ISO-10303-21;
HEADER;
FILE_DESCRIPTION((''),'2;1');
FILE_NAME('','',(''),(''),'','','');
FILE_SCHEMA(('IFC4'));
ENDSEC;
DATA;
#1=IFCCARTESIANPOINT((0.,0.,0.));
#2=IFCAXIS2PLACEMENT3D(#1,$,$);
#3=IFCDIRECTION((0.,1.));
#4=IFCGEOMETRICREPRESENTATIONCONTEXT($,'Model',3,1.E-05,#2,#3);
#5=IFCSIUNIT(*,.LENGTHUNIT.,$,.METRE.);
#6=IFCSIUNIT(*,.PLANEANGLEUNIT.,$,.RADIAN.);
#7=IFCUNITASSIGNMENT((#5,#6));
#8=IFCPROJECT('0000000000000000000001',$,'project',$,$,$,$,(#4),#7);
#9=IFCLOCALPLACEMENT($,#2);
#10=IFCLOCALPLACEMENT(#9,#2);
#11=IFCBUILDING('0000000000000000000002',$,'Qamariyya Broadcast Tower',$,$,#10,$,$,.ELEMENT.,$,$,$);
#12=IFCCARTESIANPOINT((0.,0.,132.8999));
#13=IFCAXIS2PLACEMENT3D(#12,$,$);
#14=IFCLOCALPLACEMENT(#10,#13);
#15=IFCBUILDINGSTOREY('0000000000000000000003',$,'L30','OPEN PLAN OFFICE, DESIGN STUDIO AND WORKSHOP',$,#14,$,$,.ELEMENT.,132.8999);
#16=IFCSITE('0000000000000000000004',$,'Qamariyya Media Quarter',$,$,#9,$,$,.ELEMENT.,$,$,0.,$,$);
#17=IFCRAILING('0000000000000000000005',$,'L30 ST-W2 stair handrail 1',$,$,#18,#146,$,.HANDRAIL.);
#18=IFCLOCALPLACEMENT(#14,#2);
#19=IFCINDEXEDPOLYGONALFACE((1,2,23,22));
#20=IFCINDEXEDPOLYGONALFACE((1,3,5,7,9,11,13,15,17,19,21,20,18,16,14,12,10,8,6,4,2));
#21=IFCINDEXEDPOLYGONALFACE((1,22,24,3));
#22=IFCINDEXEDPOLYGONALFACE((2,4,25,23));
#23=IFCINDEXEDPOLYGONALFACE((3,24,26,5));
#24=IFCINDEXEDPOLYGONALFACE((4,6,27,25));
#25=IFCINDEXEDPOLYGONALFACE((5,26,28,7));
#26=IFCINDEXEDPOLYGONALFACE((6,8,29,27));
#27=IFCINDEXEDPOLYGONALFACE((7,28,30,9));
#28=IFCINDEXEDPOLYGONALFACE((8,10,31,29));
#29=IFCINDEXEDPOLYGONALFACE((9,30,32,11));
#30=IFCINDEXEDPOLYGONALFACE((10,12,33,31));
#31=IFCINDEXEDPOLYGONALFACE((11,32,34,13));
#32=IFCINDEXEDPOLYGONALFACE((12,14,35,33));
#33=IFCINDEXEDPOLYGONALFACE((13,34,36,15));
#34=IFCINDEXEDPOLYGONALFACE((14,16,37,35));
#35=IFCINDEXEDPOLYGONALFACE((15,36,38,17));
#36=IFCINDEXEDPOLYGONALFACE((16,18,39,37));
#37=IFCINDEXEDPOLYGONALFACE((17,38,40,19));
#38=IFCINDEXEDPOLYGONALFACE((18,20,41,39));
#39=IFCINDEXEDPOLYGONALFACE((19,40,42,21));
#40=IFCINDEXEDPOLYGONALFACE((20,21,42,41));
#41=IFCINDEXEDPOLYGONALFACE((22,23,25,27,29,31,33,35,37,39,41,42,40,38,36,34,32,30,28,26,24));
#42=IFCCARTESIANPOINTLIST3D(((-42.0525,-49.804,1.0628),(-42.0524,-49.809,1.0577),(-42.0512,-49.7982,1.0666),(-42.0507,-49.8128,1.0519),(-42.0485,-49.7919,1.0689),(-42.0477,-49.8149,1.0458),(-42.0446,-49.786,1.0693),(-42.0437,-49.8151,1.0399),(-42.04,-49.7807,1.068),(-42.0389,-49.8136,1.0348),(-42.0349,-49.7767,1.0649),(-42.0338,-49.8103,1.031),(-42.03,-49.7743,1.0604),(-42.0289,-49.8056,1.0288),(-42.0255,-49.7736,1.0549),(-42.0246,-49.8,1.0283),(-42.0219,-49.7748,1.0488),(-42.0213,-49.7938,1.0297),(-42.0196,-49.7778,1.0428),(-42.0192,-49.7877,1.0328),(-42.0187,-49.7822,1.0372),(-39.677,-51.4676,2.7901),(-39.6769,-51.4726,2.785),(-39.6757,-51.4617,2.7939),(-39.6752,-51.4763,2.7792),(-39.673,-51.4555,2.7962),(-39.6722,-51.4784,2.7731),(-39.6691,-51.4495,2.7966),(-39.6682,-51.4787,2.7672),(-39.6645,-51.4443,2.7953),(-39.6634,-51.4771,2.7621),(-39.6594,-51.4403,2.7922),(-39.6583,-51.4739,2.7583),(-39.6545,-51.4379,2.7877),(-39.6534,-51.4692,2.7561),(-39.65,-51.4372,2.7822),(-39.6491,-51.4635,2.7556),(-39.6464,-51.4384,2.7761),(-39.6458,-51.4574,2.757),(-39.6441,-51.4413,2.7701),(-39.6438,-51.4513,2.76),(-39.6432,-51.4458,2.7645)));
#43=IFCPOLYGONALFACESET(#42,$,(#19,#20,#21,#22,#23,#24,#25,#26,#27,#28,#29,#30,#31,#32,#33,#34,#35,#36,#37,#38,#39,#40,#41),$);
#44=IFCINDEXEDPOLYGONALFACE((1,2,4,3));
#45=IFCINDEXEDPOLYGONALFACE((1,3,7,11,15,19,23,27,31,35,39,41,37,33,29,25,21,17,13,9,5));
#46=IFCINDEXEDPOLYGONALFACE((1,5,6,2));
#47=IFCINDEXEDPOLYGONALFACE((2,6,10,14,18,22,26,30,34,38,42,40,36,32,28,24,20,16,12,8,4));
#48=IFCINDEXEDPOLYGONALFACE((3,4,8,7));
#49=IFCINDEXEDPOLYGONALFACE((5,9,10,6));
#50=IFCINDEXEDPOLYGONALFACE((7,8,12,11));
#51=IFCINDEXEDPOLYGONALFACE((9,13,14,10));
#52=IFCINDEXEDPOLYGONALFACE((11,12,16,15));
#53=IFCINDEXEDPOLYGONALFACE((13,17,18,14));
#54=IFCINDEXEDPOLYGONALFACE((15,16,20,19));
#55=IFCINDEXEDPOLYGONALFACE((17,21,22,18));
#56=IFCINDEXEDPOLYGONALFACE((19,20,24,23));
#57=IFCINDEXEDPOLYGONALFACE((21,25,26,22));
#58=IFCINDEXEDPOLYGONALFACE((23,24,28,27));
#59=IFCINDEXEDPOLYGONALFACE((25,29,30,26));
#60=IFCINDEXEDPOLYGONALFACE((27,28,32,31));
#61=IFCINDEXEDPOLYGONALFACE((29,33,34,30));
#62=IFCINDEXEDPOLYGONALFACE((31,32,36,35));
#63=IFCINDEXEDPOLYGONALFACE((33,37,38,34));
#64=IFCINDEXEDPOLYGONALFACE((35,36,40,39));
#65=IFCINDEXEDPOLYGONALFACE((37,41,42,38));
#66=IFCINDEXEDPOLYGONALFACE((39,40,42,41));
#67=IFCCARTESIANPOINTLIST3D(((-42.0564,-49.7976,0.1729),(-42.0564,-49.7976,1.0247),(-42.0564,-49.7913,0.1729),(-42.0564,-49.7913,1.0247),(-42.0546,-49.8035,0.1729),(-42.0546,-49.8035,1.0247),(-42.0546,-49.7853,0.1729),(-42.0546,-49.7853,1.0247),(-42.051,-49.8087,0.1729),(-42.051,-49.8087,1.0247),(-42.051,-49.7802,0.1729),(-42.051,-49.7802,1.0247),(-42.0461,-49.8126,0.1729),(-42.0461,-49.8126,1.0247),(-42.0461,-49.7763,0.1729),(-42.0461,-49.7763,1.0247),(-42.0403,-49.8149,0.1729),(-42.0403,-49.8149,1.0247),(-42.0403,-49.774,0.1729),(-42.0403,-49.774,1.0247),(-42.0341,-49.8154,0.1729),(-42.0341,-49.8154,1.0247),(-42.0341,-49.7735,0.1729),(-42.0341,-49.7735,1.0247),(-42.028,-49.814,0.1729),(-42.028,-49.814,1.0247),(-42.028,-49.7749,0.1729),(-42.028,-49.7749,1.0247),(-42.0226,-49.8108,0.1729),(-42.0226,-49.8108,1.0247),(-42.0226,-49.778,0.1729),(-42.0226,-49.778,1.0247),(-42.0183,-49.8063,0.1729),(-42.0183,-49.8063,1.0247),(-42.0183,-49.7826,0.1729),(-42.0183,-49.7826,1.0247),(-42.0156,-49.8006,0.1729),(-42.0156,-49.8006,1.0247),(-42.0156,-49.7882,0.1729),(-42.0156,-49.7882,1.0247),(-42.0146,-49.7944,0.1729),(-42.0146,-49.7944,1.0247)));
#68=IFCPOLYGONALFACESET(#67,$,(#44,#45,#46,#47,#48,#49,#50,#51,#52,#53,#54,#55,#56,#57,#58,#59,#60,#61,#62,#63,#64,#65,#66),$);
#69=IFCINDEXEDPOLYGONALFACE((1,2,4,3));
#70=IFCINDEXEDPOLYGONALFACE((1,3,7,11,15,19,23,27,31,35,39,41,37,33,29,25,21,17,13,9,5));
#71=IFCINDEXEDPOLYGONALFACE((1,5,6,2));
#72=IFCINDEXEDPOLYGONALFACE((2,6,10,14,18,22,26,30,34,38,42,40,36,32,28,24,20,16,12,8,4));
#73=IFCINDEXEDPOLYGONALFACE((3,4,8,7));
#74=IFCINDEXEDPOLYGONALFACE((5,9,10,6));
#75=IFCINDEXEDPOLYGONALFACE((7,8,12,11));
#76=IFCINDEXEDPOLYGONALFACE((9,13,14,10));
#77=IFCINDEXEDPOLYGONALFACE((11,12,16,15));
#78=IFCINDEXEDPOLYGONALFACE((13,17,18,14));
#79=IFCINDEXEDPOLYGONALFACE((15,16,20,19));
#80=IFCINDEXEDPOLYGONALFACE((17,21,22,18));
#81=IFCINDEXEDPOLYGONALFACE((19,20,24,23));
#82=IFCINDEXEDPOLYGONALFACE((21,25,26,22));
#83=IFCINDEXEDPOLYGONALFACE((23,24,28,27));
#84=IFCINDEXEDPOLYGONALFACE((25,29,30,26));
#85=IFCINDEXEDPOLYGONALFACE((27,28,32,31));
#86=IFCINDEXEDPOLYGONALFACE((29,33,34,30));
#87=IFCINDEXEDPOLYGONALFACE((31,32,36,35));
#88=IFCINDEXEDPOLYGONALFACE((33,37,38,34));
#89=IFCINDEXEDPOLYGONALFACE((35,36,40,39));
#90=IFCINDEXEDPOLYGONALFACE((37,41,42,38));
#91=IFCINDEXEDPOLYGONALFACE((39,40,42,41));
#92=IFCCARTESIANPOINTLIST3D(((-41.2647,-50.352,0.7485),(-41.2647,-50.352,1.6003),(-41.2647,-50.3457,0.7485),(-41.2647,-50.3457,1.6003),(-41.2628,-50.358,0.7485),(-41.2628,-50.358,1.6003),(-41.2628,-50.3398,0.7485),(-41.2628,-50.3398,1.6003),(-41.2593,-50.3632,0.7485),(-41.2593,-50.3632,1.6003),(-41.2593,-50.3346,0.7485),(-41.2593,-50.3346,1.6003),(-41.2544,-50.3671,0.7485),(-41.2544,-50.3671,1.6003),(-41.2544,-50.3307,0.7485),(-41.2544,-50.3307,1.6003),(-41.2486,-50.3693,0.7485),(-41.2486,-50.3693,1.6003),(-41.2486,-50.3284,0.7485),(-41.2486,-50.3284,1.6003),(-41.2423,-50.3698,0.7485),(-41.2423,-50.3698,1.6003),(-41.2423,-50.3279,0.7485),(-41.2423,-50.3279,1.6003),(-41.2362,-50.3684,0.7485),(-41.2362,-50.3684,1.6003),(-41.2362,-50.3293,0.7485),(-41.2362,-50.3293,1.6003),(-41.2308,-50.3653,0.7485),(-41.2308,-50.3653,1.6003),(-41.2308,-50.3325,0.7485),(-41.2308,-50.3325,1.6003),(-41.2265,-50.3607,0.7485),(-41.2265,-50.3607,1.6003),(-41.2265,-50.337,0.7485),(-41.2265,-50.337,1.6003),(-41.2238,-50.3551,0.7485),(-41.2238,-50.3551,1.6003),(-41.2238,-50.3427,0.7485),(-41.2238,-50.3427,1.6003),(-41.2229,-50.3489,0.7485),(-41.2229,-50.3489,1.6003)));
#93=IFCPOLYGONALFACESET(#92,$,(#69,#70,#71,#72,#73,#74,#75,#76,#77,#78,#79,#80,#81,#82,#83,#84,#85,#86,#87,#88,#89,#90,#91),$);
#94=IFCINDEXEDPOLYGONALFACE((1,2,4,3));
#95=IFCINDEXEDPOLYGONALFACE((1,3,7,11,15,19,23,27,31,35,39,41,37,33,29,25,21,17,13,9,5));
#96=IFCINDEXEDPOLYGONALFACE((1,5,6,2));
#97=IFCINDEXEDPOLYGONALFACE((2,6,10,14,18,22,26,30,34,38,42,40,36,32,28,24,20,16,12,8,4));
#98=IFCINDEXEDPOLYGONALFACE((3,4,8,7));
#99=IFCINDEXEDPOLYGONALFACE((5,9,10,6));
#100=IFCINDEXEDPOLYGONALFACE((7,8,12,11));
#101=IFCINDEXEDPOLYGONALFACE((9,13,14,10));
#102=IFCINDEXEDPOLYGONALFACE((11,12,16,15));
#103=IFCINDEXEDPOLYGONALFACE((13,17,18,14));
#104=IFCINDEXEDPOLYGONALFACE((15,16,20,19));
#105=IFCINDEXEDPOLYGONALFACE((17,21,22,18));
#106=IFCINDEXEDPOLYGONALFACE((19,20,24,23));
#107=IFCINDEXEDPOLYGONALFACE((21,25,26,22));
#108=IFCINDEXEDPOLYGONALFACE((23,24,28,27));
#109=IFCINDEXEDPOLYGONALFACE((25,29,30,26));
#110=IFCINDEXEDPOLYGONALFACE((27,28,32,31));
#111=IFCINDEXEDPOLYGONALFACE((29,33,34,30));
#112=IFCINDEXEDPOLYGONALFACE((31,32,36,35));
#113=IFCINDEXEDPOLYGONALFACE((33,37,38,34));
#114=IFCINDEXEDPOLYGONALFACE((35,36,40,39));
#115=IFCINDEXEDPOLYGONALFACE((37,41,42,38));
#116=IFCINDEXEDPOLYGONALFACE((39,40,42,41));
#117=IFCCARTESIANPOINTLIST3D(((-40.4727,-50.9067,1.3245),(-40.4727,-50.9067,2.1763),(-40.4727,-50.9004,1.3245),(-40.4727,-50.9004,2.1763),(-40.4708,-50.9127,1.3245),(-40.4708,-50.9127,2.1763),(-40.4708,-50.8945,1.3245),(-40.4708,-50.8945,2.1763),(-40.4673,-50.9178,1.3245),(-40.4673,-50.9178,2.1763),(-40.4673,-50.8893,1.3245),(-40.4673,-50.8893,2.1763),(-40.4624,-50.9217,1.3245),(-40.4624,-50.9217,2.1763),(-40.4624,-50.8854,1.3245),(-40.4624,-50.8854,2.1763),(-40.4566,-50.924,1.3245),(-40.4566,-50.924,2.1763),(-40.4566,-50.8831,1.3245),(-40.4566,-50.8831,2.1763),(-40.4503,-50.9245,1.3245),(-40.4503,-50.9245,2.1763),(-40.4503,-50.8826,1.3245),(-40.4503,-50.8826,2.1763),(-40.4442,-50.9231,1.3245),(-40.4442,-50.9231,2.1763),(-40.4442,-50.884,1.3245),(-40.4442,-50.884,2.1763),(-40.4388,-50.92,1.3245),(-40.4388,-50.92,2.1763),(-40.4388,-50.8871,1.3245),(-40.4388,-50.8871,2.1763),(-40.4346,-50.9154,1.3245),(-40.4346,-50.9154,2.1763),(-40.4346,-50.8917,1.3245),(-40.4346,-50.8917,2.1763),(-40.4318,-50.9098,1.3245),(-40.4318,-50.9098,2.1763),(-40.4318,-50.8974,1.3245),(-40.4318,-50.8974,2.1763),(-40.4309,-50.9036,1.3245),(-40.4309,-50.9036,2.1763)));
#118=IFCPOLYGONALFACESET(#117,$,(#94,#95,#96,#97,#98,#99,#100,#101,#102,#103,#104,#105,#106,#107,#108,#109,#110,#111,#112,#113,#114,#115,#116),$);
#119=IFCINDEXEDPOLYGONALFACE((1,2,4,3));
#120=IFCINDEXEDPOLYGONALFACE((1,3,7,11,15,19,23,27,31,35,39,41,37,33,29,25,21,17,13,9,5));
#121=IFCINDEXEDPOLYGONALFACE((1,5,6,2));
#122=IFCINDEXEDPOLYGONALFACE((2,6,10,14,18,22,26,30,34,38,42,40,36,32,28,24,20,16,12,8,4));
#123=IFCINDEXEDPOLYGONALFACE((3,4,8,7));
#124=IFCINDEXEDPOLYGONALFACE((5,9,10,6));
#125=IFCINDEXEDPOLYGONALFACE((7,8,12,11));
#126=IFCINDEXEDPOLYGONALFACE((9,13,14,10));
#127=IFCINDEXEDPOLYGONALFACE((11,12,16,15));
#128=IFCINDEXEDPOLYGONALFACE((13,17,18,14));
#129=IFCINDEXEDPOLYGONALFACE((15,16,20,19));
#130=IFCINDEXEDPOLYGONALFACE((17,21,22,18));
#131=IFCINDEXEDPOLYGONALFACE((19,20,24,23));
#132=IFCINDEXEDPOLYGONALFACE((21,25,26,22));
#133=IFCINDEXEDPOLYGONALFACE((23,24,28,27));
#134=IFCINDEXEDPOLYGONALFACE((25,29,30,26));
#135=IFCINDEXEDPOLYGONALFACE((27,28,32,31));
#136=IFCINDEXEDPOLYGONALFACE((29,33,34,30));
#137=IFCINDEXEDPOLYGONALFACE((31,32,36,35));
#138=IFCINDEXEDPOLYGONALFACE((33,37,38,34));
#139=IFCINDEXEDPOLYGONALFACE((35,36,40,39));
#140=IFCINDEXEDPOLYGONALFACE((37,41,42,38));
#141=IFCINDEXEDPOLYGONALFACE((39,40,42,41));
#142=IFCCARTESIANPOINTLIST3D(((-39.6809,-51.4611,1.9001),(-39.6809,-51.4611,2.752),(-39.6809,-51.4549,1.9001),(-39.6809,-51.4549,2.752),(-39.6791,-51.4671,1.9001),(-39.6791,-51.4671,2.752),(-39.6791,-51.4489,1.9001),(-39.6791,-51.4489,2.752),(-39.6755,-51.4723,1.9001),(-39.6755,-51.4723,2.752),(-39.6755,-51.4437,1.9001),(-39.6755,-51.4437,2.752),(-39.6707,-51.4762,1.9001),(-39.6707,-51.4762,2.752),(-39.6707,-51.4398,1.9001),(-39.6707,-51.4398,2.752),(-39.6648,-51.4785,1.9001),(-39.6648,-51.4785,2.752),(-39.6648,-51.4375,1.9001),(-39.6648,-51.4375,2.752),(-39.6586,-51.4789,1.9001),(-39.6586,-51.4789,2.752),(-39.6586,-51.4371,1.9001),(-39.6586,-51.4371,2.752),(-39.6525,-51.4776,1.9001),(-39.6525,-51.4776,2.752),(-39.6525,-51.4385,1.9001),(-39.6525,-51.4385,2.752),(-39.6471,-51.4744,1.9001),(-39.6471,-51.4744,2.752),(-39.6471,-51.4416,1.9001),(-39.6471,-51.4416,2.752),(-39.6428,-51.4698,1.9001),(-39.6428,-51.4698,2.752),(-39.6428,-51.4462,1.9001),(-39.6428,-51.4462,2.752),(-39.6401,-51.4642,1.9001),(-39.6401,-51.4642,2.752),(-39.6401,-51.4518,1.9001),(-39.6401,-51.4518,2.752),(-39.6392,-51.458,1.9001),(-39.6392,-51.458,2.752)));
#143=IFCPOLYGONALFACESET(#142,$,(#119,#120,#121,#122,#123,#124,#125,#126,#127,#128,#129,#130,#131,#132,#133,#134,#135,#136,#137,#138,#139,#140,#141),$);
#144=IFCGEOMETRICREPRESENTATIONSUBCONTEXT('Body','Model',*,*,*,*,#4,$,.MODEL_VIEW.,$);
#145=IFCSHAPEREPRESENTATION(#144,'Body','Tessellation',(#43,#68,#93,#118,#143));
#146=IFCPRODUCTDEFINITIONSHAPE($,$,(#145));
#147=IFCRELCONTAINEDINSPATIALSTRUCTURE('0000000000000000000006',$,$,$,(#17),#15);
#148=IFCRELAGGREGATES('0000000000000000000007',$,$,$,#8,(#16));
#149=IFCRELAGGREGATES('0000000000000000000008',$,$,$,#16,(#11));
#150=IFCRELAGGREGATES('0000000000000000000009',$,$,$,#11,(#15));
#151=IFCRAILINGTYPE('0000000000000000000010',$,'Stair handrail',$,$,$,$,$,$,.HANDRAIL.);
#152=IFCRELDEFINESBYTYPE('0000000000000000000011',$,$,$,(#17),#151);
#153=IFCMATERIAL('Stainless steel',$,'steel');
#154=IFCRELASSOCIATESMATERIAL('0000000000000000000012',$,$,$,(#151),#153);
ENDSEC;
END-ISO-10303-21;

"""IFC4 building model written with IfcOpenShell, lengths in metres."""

from ifc_helpers import new_model, si_unit, direction, frame, origin, origin_2d, place, context, subcontext, project, spatial, circle, extrude, material, type_object, element, save


model = new_model("IFC4")

# Units and contexts
model_context = context("Model", 3, precision=1e-05, world=origin(), true_north=direction((0.0, 1.0)))
body_context = subcontext(model_context, "Body", "Model", "MODEL_VIEW")
ifc_project = project(units=[si_unit("LENGTHUNIT", "METRE"), si_unit("PLANEANGLEUNIT", "RADIAN")], contexts=[model_context])

# Site, building, storey
site_placement = place(None, origin())
site = spatial("IfcSite", under=ifc_project, at=site_placement, Name="Qamariyya Media Quarter", CompositionType="ELEMENT", RefElevation=0.0)
building_placement = place(site_placement, origin())
building = spatial("IfcBuilding", under=site, at=building_placement, Name="Qamariyya Broadcast Tower", CompositionType="ELEMENT")
storey_placement = place(building_placement, frame((0.0, 0.0, 132.8999)))
storey = spatial("IfcBuildingStorey", under=building, at=storey_placement, Name="L30", Description="OPEN PLAN OFFICE, DESIGN STUDIO AND WORKSHOP", CompositionType="ELEMENT", Elevation=132.8999)

# Railing
ifc_material_1 = material(Name="Stainless steel", Category="steel")
railing_type_1 = type_object("IfcRailingType", Name="Stair handrail", PredefinedType="HANDRAIL", material=ifc_material_1)
railing_1_placement = place(storey_placement, frame((-42.0356, -49.7944, 0.1729)))
element("IfcRailing", 1, at=railing_1_placement, inside=storey, type_object=railing_type_1, Name="L30 ST-W2 stair handrail 1", PredefinedType="HANDRAIL", context=body_context, shape_type="SweptSolid", body=[
    extrude(circle(Radius=0.0239, at=origin_2d()), frame((0.0, 0.0, 0.876), z_axis=(0.703745, -0.492838, 0.511716), x_axis=(0.573632, 0.819113, 0.0)), (0.0, 0.0, 1.0), 3.3755),
    extrude(circle(Radius=0.021, at=origin_2d()), origin(), (0.0, 0.0, 1.0), 0.8518),
    extrude(circle(Radius=0.021, at=origin_2d()), frame((0.7917, -0.5544, 0.5757)), (0.0, 0.0, 1.0), 0.8518),
    extrude(circle(Radius=0.021, at=origin_2d()), frame((1.5837, -1.1091, 1.1516)), (0.0, 0.0, 1.0), 0.8518),
    extrude(circle(Radius=0.021, at=origin_2d()), frame((2.3755, -1.6636, 1.7273)), (0.0, 0.0, 1.0), 0.8518),
])

save(model, "model.ifc")
